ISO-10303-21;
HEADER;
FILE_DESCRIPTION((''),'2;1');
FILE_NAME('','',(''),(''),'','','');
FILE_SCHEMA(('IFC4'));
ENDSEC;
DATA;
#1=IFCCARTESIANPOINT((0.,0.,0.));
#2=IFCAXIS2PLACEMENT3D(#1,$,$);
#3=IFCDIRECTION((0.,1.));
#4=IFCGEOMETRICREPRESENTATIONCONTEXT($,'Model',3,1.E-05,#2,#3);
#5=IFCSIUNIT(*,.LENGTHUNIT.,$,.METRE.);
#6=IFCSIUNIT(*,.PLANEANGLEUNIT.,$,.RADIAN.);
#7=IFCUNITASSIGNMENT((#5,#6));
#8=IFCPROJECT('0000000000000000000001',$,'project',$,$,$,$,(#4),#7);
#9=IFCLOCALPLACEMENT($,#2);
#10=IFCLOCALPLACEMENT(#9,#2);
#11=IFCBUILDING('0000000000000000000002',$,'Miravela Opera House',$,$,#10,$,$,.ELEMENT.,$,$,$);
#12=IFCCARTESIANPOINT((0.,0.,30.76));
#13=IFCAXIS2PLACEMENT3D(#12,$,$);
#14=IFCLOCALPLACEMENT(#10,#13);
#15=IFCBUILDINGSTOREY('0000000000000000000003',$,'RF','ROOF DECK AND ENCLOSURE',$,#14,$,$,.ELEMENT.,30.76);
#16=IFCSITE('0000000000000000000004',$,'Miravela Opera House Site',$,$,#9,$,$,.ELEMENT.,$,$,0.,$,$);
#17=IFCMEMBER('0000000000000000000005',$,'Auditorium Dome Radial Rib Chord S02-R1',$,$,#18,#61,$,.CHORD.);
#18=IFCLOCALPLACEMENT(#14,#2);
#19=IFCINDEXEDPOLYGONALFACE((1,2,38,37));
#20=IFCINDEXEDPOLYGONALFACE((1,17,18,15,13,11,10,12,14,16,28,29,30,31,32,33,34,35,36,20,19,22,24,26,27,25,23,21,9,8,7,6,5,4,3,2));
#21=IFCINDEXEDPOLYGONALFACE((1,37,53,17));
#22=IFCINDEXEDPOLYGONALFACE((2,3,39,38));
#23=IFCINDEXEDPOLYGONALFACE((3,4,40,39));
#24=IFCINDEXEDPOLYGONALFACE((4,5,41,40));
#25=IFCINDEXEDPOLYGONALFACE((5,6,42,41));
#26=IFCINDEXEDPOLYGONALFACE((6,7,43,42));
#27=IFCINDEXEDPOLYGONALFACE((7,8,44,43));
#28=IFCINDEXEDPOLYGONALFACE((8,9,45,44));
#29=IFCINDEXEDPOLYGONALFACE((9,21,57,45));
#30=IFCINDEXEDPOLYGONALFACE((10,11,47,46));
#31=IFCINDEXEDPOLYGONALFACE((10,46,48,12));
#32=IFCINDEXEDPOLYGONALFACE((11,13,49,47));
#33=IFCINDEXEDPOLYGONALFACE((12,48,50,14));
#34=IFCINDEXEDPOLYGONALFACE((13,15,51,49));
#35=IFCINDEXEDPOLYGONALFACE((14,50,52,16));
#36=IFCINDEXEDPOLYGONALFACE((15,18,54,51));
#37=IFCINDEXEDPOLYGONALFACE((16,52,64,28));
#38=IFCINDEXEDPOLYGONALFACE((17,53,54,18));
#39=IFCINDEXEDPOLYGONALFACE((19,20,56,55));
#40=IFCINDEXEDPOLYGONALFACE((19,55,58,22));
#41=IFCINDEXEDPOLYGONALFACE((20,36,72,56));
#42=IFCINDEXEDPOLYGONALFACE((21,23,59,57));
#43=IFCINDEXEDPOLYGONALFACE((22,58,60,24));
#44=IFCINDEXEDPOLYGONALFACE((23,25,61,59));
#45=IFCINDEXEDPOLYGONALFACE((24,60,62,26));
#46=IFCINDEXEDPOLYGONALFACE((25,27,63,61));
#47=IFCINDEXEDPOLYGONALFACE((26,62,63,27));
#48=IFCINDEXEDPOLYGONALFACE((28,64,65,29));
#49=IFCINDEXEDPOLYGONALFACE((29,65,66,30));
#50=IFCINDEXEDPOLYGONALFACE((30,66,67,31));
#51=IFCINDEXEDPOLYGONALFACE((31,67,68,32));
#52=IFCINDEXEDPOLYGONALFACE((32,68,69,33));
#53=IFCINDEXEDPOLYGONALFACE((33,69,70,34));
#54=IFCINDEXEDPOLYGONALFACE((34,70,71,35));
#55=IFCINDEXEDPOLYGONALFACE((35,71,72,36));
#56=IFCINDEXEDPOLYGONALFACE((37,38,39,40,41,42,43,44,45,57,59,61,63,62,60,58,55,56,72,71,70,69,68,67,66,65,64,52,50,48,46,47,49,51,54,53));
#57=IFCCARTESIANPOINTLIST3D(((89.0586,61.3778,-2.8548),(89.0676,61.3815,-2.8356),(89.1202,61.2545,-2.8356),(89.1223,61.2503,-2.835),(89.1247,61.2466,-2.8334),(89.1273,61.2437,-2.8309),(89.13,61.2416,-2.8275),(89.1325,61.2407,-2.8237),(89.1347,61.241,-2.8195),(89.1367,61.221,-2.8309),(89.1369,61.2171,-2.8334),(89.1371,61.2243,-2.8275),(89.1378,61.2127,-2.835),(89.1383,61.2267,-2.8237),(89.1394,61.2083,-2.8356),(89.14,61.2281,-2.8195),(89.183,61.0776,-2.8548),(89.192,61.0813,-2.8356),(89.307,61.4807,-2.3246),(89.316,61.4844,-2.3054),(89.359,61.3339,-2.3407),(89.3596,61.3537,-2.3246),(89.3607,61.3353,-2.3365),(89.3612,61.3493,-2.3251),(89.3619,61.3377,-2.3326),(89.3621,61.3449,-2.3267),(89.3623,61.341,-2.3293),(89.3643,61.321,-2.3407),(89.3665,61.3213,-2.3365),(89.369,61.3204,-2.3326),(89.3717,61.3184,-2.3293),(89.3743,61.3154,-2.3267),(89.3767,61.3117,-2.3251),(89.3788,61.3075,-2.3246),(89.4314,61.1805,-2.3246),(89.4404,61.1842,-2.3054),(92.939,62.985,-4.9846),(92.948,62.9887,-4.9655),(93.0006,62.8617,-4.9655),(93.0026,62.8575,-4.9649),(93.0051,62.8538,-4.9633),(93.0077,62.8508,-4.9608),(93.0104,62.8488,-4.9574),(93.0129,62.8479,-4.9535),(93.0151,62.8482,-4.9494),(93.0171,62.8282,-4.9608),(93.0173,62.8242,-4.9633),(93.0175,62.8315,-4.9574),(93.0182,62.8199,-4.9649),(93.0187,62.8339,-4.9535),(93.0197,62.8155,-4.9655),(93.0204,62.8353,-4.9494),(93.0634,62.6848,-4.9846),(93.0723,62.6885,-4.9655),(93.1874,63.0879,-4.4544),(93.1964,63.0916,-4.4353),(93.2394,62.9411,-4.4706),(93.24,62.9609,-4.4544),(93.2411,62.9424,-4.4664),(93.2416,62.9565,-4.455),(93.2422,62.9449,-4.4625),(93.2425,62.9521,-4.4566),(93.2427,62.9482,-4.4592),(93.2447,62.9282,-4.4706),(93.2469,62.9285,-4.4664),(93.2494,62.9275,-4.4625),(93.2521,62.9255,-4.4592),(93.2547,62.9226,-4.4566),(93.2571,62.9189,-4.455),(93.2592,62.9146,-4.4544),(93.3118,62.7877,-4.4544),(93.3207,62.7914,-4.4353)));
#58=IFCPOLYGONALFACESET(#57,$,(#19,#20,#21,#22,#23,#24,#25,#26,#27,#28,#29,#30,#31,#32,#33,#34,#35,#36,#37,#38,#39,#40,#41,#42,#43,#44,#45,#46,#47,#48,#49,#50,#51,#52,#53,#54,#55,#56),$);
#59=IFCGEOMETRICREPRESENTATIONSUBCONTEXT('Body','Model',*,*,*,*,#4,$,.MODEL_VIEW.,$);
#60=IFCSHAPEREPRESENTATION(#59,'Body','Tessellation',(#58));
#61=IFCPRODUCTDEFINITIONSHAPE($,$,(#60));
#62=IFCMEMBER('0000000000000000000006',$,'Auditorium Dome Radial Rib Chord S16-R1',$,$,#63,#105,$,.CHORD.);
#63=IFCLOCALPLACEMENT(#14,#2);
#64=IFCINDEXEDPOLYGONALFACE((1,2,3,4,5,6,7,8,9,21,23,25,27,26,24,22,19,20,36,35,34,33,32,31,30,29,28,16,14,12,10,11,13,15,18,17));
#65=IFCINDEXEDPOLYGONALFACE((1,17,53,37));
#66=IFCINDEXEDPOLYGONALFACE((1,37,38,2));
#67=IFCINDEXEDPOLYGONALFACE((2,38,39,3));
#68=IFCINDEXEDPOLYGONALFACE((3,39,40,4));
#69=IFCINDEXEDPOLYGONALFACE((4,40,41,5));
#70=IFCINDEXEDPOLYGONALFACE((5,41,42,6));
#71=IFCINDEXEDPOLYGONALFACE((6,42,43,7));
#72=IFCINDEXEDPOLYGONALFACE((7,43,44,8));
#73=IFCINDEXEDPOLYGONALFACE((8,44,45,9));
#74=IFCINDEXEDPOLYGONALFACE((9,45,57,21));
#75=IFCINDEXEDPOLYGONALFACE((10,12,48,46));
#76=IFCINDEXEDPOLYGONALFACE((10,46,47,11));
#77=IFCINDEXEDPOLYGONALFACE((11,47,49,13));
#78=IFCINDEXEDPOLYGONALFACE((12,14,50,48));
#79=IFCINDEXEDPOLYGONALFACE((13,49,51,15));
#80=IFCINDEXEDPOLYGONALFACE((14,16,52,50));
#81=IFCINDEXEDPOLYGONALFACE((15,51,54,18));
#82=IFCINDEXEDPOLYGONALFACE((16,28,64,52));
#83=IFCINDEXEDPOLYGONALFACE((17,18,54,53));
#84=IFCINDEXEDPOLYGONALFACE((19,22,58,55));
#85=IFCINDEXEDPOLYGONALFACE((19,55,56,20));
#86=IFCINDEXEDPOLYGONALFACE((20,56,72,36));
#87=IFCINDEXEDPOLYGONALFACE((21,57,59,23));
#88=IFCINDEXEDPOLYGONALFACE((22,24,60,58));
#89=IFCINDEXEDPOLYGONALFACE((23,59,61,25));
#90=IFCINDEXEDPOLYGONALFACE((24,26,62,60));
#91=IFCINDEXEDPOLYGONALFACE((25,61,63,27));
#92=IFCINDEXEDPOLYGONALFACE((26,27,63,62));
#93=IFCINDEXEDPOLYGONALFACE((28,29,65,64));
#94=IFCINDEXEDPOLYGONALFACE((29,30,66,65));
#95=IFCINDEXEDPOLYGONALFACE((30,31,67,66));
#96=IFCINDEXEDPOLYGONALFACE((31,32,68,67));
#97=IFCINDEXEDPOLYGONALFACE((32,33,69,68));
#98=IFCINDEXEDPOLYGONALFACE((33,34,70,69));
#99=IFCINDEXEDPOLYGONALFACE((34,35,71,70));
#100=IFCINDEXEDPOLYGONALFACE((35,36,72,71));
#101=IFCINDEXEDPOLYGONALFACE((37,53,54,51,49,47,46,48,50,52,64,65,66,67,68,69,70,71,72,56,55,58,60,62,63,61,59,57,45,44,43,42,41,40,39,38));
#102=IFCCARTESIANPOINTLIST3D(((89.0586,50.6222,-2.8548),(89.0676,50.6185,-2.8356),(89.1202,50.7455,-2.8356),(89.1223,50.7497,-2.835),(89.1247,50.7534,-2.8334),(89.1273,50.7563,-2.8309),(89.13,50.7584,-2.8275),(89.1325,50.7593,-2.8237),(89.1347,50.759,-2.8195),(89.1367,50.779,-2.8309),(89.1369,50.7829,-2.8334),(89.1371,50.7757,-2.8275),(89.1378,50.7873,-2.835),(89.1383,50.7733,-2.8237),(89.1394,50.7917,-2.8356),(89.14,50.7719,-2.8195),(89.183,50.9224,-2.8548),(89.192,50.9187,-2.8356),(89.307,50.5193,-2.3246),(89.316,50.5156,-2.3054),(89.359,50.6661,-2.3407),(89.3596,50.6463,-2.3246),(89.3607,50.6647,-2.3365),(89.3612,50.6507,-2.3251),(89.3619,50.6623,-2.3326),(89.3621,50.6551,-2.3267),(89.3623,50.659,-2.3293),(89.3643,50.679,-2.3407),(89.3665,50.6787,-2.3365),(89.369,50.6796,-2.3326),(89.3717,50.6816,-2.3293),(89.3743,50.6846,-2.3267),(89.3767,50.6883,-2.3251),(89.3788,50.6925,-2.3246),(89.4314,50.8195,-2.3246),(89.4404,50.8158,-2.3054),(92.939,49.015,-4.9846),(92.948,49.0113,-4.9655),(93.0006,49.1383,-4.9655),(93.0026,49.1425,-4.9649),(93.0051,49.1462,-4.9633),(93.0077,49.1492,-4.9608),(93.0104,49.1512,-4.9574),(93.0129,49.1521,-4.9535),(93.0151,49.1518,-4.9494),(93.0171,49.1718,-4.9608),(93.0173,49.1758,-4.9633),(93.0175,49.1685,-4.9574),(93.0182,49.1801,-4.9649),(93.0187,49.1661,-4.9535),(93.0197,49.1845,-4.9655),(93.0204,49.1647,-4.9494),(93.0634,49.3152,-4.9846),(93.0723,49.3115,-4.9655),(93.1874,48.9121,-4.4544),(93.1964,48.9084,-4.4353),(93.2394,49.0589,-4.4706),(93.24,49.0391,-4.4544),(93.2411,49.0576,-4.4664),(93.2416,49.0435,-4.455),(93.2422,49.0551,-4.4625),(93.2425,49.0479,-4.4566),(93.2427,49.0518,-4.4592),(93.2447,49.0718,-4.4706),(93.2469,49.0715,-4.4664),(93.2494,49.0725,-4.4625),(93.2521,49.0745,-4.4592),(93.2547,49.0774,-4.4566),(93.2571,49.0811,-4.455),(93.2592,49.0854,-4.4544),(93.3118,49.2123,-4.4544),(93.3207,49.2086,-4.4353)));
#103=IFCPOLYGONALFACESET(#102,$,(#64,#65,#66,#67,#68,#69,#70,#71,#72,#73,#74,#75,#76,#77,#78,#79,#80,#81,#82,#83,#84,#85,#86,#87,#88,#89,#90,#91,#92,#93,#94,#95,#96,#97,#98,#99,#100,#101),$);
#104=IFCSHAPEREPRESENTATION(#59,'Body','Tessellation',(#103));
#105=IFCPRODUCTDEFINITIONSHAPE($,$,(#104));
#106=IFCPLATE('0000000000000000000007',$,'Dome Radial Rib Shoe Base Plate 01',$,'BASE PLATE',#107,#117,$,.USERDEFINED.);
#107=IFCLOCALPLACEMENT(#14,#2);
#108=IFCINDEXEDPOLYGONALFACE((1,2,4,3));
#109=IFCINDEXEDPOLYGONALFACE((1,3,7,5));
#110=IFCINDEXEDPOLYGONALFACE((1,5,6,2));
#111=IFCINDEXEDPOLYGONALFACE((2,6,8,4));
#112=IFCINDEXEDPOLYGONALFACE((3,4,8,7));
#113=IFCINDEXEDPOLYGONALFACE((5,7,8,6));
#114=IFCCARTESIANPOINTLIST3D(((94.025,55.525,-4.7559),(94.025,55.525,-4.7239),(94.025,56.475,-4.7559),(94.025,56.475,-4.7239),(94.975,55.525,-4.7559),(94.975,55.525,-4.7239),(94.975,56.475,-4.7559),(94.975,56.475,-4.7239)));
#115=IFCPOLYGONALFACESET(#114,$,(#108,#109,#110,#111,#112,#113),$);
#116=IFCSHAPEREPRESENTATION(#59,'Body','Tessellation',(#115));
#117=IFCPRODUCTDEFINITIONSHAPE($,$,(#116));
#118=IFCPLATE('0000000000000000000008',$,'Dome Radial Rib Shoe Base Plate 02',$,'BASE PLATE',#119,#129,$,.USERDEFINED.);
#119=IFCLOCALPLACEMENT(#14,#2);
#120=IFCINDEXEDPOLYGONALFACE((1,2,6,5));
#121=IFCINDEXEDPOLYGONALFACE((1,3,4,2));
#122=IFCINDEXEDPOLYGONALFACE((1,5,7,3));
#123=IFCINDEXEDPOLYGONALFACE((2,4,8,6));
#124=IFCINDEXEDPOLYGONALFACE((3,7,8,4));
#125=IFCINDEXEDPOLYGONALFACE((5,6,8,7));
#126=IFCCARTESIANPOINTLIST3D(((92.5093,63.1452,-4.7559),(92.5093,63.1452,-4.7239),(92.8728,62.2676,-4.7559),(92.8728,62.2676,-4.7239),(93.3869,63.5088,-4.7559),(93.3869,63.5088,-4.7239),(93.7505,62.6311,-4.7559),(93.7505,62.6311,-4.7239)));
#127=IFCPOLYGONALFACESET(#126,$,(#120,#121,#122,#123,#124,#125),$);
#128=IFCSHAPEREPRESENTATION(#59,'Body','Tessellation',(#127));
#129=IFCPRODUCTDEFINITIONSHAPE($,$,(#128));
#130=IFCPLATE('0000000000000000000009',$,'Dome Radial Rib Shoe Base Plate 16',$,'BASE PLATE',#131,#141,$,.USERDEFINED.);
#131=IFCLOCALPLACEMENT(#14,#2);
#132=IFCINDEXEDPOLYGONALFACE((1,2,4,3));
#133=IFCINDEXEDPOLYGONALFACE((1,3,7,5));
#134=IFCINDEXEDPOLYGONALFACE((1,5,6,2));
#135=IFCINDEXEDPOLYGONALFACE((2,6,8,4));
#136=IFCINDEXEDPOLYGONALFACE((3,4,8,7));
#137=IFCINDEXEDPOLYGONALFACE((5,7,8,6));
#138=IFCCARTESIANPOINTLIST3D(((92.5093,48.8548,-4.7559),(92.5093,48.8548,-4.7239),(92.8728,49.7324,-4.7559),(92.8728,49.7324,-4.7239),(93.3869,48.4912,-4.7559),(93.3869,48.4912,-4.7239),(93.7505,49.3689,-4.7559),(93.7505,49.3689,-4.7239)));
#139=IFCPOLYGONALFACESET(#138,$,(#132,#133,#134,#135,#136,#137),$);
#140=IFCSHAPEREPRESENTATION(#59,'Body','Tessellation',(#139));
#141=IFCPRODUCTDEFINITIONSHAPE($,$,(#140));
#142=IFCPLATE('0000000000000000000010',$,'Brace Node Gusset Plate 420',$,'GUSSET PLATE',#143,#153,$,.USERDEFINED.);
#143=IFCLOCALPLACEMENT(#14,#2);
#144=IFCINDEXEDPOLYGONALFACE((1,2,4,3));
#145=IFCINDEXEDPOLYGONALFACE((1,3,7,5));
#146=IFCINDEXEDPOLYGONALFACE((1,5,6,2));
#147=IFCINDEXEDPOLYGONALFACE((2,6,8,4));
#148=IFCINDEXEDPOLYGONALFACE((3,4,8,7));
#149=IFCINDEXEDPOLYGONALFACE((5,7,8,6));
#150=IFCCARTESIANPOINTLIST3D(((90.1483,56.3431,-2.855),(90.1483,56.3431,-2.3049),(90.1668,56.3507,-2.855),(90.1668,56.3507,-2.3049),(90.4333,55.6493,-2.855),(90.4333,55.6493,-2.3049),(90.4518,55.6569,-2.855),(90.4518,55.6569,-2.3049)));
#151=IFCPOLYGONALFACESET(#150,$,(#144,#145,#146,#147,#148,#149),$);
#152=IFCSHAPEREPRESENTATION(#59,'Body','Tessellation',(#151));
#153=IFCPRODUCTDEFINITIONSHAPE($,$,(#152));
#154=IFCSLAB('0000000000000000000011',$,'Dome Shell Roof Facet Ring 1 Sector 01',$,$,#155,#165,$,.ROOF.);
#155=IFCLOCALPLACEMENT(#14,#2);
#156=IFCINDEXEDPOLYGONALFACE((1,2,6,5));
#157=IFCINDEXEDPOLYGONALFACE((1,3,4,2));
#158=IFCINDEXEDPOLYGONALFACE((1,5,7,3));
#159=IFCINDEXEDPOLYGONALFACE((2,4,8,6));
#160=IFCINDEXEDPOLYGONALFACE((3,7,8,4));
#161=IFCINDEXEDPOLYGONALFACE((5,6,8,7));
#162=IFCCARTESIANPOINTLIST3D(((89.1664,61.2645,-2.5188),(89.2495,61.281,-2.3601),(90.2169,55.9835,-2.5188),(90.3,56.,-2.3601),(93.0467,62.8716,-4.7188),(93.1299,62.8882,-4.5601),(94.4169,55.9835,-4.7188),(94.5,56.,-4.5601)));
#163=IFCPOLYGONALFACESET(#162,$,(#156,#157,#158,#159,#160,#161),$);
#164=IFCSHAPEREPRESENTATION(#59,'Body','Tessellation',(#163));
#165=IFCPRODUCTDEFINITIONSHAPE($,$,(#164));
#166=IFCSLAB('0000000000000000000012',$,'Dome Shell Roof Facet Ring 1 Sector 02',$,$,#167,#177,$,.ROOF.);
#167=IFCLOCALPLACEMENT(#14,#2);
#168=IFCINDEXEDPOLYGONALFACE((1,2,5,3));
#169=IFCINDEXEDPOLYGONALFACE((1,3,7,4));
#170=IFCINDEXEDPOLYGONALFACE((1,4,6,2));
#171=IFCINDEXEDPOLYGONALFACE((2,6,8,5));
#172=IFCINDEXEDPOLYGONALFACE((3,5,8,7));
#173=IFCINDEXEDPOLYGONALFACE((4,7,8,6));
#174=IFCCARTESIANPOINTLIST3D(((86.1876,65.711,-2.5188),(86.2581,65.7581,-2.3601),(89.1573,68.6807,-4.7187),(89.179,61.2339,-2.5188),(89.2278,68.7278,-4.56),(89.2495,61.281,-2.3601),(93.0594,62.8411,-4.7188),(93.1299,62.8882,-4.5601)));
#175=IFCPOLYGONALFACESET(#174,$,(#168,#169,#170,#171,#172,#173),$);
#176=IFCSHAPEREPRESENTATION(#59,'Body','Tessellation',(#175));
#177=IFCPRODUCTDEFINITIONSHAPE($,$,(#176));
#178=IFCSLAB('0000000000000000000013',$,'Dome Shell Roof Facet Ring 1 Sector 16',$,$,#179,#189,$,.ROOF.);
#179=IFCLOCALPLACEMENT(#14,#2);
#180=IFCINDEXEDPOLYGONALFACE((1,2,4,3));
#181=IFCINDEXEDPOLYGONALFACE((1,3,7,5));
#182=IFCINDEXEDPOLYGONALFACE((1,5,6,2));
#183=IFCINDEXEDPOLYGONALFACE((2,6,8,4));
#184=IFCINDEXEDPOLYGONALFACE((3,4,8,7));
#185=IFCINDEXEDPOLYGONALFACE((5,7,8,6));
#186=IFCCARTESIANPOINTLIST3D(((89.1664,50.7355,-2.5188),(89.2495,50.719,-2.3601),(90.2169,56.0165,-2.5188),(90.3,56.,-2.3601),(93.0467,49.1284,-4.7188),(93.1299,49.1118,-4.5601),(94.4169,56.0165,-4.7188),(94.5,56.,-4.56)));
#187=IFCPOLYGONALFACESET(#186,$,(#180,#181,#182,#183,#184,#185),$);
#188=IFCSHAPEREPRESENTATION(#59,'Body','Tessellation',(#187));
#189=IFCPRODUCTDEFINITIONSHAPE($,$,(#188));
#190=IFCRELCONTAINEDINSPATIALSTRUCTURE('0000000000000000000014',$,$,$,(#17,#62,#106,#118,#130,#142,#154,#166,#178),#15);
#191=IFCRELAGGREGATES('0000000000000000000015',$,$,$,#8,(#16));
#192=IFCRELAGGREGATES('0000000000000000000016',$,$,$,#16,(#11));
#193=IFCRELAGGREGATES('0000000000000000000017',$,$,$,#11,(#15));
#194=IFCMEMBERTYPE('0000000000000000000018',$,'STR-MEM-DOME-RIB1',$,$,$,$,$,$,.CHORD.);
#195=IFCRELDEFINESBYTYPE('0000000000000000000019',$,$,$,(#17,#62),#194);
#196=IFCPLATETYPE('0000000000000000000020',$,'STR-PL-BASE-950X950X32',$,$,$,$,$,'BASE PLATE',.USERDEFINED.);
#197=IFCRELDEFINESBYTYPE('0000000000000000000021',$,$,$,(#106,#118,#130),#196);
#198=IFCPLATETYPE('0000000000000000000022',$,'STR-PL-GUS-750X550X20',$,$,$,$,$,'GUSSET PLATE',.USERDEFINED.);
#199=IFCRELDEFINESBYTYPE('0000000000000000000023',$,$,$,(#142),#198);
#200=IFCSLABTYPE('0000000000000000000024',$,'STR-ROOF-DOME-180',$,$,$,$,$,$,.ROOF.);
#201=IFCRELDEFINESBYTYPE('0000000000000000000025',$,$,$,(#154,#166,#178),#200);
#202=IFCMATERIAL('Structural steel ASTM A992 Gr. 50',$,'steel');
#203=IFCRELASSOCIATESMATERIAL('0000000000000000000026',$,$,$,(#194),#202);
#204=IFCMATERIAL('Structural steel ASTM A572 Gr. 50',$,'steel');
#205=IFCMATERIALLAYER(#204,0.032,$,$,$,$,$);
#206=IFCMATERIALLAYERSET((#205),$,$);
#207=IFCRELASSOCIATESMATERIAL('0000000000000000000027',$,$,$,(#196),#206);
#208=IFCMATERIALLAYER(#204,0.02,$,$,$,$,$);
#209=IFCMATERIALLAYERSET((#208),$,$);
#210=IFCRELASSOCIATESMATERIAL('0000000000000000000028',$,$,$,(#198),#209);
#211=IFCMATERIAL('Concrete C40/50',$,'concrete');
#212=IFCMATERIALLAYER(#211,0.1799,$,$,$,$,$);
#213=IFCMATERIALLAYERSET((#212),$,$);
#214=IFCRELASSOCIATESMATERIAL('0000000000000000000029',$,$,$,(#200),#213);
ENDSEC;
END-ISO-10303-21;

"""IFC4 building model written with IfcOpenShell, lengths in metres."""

from ifc_helpers import new_model, si_unit, direction, frame, origin, origin_2d, place, context, subcontext, project, spatial, polyline, rectangle, i_section, outline, extrude, material, layer, layer_set, material_profile, profile_set, type_object, element, save


model = new_model("IFC4")

# Units and contexts
model_context = context("Model", 3, precision=1e-05, world=origin(), true_north=direction((0.0, 1.0)))
body_context = subcontext(model_context, "Body", "Model", "MODEL_VIEW")
ifc_project = project(units=[si_unit("LENGTHUNIT", "METRE"), si_unit("PLANEANGLEUNIT", "RADIAN")], contexts=[model_context])

# Site, building, storey
site_placement = place(None, origin())
site = spatial("IfcSite", under=ifc_project, at=site_placement, Name="Miravela Opera House Site", CompositionType="ELEMENT", RefElevation=0.0)
building_placement = place(site_placement, origin())
building = spatial("IfcBuilding", under=site, at=building_placement, Name="Miravela Opera House", CompositionType="ELEMENT")
storey_placement = place(building_placement, frame((0.0, 0.0, 30.76)))
storey = spatial("IfcBuildingStorey", under=building, at=storey_placement, Name="RF", Description="ROOF DECK AND ENCLOSURE", CompositionType="ELEMENT", Elevation=30.76)

# Shared definitions
ifc_material_1 = material(Name="Structural steel ASTM A992 Gr. 50", Category="steel")

# Members
ifc_material_profile_1 = material_profile(ifc_material_1, i_section(OverallWidth=0.325, OverallDepth=0.616, WebThickness=0.0139, FlangeThickness=0.0215, FilletRadius=0.0181, at=origin_2d()), Name="W610X174")
ifc_profile_set_1 = profile_set([ifc_material_profile_1])
member_type_1 = type_object("IfcMemberType", Name="STR-MEM-DOME-RIB1", PredefinedType="CHORD", material=ifc_profile_set_1)
for number, where, z_axis, x_axis, name in (
    (1, (93.1299, 62.8882, -4.71), (-0.823995, -0.341284, 0.45228), (0.382658, -0.92389, 0.0), "Auditorium Dome Radial Rib Chord S02-R1"),
    (2, (93.1299, 49.1118, -4.71), (-0.823995, 0.341284, 0.45228), (-0.382658, -0.92389, 0.0), "Auditorium Dome Radial Rib Chord S16-R1"),
):
    element("IfcMember", number, at=place(storey_placement, frame(where, z_axis=z_axis, x_axis=x_axis)), inside=storey, type_object=member_type_1, Name=name, PredefinedType="CHORD", context=body_context, shape_type="SweptSolid", body=[
        extrude(i_section(OverallWidth=0.325, OverallDepth=0.616, WebThickness=0.0139, FlangeThickness=0.0215, FilletRadius=0.0181, at=origin_2d()), origin(), (0.0, 0.0, 1.0), 4.7092),
    ])

# Plates
ifc_material_2 = material(Name="Structural steel ASTM A572 Gr. 50", Category="steel")
ifc_layer_1 = layer(ifc_material_2, 0.032)
ifc_layer_set_1 = layer_set([ifc_layer_1])
plate_type_1 = type_object("IfcPlateType", Name="STR-PL-BASE-950X950X32", ElementType="BASE PLATE", PredefinedType="USERDEFINED", material=ifc_layer_set_1)
for number, where, z_axis, x_axis, name in (
    (3, (94.5, 56.0, -4.7559), (0.0, 0.0, 1.0), (1.0, 0.0, 0.0), "Dome Radial Rib Shoe Base Plate 01"),
    (4, (93.1299, 62.8882, -4.7559), (0.0, 0.0, 1.0), (0.92388, 0.382683, 0.0), "Dome Radial Rib Shoe Base Plate 02"),
    (5, (93.1299, 49.1118, -4.7559), (0.0, 0.0, 1.0), (0.92388, -0.382683, 0.0), "Dome Radial Rib Shoe Base Plate 16"),
):
    element("IfcPlate", number, at=place(storey_placement, frame(where, z_axis=z_axis, x_axis=x_axis)), inside=storey, type_object=plate_type_1, Name=name, ObjectType="BASE PLATE", PredefinedType="USERDEFINED", context=body_context, shape_type="SweptSolid", body=[
        extrude(rectangle(XDim=0.95, YDim=0.95, at=origin_2d()), origin(), (0.0, 0.0, 1.0), 0.032),
    ])
ifc_layer_2 = layer(ifc_material_2, 0.02)
ifc_layer_set_2 = layer_set([ifc_layer_2])
plate_type_2 = type_object("IfcPlateType", Name="STR-PL-GUS-750X550X20", ElementType="GUSSET PLATE", PredefinedType="USERDEFINED", material=ifc_layer_set_2)
plate_placement = place(storey_placement, frame((90.3, 56.0, -2.855), z_axis=(0.0, 0.0, 1.0), x_axis=(-0.379941, 0.925011, 0.0)))
element("IfcPlate", 6, at=plate_placement, inside=storey, type_object=plate_type_2, Name="Brace Node Gusset Plate 420", ObjectType="GUSSET PLATE", PredefinedType="USERDEFINED", context=body_context, shape_type="SweptSolid", body=[
    extrude(rectangle(XDim=0.75, YDim=0.02, at=origin_2d()), origin(), (0.0, 0.0, 1.0), 0.55),
])

# Slabs
ifc_material_3 = material(Name="Concrete C40/50", Category="concrete")
ifc_layer_3 = layer(ifc_material_3, 0.1799)
ifc_layer_set_3 = layer_set([ifc_layer_3])
slab_type_1 = type_object("IfcSlabType", Name="STR-ROOF-DOME-180", PredefinedType="ROOF", material=ifc_layer_set_3)
slab_1_placement = place(storey_placement, frame((94.5, 56.0, -4.5601), z_axis=(0.462034, 0.091906, 0.882087), x_axis=(-0.195088, 0.980786, -0.000003)))
element("IfcSlab", 7, at=slab_1_placement, inside=storey, type_object=slab_type_1, Name="Dome Shell Roof Facet Ring 1 Sector 01", PredefinedType="ROOF", context=body_context, shape_type="SweptSolid", body=[
    extrude(outline(polyline([(0.0, 0.0), (7.0231, 0.0), (6.2038, 4.67), (0.8194, 4.6699), (0.0, 0.0)])), origin(), (0.0, 0.0, -1.0), 0.1799),
])
slab_2_placement = place(storey_placement, frame((93.1299, 62.8882, -4.5601), z_axis=(0.391697, 0.261731, 0.882083), x_axis=(-0.555588, 0.831458, 0.000005)))
element("IfcSlab", 8, at=slab_2_placement, inside=storey, type_object=slab_type_1, Name="Dome Shell Roof Facet Ring 1 Sector 02", PredefinedType="ROOF", context=body_context, shape_type="SweptSolid", body=[
    extrude(outline(polyline([(0.0, 0.0), (7.0233, 0.0), (6.2041, 4.6698), (0.8196, 4.6699), (0.0, 0.0)])), origin(), (0.0, 0.0, -1.0), 0.1799),
])
slab_3_placement = place(storey_placement, frame((93.1299, 49.1118, -4.5601), z_axis=(0.462034, -0.091906, 0.882087), x_axis=(0.195088, 0.980786, 0.000003)))
element("IfcSlab", 9, at=slab_3_placement, inside=storey, type_object=slab_type_1, Name="Dome Shell Roof Facet Ring 1 Sector 16", PredefinedType="ROOF", context=body_context, shape_type="SweptSolid", body=[
    extrude(outline(polyline([(0.0, 0.0), (7.0231, 0.0), (6.2038, 4.6699), (0.8193, 4.67), (0.0, 0.0)])), origin(), (0.0, 0.0, -1.0), 0.1799),
])

save(model, "model.ifc")
